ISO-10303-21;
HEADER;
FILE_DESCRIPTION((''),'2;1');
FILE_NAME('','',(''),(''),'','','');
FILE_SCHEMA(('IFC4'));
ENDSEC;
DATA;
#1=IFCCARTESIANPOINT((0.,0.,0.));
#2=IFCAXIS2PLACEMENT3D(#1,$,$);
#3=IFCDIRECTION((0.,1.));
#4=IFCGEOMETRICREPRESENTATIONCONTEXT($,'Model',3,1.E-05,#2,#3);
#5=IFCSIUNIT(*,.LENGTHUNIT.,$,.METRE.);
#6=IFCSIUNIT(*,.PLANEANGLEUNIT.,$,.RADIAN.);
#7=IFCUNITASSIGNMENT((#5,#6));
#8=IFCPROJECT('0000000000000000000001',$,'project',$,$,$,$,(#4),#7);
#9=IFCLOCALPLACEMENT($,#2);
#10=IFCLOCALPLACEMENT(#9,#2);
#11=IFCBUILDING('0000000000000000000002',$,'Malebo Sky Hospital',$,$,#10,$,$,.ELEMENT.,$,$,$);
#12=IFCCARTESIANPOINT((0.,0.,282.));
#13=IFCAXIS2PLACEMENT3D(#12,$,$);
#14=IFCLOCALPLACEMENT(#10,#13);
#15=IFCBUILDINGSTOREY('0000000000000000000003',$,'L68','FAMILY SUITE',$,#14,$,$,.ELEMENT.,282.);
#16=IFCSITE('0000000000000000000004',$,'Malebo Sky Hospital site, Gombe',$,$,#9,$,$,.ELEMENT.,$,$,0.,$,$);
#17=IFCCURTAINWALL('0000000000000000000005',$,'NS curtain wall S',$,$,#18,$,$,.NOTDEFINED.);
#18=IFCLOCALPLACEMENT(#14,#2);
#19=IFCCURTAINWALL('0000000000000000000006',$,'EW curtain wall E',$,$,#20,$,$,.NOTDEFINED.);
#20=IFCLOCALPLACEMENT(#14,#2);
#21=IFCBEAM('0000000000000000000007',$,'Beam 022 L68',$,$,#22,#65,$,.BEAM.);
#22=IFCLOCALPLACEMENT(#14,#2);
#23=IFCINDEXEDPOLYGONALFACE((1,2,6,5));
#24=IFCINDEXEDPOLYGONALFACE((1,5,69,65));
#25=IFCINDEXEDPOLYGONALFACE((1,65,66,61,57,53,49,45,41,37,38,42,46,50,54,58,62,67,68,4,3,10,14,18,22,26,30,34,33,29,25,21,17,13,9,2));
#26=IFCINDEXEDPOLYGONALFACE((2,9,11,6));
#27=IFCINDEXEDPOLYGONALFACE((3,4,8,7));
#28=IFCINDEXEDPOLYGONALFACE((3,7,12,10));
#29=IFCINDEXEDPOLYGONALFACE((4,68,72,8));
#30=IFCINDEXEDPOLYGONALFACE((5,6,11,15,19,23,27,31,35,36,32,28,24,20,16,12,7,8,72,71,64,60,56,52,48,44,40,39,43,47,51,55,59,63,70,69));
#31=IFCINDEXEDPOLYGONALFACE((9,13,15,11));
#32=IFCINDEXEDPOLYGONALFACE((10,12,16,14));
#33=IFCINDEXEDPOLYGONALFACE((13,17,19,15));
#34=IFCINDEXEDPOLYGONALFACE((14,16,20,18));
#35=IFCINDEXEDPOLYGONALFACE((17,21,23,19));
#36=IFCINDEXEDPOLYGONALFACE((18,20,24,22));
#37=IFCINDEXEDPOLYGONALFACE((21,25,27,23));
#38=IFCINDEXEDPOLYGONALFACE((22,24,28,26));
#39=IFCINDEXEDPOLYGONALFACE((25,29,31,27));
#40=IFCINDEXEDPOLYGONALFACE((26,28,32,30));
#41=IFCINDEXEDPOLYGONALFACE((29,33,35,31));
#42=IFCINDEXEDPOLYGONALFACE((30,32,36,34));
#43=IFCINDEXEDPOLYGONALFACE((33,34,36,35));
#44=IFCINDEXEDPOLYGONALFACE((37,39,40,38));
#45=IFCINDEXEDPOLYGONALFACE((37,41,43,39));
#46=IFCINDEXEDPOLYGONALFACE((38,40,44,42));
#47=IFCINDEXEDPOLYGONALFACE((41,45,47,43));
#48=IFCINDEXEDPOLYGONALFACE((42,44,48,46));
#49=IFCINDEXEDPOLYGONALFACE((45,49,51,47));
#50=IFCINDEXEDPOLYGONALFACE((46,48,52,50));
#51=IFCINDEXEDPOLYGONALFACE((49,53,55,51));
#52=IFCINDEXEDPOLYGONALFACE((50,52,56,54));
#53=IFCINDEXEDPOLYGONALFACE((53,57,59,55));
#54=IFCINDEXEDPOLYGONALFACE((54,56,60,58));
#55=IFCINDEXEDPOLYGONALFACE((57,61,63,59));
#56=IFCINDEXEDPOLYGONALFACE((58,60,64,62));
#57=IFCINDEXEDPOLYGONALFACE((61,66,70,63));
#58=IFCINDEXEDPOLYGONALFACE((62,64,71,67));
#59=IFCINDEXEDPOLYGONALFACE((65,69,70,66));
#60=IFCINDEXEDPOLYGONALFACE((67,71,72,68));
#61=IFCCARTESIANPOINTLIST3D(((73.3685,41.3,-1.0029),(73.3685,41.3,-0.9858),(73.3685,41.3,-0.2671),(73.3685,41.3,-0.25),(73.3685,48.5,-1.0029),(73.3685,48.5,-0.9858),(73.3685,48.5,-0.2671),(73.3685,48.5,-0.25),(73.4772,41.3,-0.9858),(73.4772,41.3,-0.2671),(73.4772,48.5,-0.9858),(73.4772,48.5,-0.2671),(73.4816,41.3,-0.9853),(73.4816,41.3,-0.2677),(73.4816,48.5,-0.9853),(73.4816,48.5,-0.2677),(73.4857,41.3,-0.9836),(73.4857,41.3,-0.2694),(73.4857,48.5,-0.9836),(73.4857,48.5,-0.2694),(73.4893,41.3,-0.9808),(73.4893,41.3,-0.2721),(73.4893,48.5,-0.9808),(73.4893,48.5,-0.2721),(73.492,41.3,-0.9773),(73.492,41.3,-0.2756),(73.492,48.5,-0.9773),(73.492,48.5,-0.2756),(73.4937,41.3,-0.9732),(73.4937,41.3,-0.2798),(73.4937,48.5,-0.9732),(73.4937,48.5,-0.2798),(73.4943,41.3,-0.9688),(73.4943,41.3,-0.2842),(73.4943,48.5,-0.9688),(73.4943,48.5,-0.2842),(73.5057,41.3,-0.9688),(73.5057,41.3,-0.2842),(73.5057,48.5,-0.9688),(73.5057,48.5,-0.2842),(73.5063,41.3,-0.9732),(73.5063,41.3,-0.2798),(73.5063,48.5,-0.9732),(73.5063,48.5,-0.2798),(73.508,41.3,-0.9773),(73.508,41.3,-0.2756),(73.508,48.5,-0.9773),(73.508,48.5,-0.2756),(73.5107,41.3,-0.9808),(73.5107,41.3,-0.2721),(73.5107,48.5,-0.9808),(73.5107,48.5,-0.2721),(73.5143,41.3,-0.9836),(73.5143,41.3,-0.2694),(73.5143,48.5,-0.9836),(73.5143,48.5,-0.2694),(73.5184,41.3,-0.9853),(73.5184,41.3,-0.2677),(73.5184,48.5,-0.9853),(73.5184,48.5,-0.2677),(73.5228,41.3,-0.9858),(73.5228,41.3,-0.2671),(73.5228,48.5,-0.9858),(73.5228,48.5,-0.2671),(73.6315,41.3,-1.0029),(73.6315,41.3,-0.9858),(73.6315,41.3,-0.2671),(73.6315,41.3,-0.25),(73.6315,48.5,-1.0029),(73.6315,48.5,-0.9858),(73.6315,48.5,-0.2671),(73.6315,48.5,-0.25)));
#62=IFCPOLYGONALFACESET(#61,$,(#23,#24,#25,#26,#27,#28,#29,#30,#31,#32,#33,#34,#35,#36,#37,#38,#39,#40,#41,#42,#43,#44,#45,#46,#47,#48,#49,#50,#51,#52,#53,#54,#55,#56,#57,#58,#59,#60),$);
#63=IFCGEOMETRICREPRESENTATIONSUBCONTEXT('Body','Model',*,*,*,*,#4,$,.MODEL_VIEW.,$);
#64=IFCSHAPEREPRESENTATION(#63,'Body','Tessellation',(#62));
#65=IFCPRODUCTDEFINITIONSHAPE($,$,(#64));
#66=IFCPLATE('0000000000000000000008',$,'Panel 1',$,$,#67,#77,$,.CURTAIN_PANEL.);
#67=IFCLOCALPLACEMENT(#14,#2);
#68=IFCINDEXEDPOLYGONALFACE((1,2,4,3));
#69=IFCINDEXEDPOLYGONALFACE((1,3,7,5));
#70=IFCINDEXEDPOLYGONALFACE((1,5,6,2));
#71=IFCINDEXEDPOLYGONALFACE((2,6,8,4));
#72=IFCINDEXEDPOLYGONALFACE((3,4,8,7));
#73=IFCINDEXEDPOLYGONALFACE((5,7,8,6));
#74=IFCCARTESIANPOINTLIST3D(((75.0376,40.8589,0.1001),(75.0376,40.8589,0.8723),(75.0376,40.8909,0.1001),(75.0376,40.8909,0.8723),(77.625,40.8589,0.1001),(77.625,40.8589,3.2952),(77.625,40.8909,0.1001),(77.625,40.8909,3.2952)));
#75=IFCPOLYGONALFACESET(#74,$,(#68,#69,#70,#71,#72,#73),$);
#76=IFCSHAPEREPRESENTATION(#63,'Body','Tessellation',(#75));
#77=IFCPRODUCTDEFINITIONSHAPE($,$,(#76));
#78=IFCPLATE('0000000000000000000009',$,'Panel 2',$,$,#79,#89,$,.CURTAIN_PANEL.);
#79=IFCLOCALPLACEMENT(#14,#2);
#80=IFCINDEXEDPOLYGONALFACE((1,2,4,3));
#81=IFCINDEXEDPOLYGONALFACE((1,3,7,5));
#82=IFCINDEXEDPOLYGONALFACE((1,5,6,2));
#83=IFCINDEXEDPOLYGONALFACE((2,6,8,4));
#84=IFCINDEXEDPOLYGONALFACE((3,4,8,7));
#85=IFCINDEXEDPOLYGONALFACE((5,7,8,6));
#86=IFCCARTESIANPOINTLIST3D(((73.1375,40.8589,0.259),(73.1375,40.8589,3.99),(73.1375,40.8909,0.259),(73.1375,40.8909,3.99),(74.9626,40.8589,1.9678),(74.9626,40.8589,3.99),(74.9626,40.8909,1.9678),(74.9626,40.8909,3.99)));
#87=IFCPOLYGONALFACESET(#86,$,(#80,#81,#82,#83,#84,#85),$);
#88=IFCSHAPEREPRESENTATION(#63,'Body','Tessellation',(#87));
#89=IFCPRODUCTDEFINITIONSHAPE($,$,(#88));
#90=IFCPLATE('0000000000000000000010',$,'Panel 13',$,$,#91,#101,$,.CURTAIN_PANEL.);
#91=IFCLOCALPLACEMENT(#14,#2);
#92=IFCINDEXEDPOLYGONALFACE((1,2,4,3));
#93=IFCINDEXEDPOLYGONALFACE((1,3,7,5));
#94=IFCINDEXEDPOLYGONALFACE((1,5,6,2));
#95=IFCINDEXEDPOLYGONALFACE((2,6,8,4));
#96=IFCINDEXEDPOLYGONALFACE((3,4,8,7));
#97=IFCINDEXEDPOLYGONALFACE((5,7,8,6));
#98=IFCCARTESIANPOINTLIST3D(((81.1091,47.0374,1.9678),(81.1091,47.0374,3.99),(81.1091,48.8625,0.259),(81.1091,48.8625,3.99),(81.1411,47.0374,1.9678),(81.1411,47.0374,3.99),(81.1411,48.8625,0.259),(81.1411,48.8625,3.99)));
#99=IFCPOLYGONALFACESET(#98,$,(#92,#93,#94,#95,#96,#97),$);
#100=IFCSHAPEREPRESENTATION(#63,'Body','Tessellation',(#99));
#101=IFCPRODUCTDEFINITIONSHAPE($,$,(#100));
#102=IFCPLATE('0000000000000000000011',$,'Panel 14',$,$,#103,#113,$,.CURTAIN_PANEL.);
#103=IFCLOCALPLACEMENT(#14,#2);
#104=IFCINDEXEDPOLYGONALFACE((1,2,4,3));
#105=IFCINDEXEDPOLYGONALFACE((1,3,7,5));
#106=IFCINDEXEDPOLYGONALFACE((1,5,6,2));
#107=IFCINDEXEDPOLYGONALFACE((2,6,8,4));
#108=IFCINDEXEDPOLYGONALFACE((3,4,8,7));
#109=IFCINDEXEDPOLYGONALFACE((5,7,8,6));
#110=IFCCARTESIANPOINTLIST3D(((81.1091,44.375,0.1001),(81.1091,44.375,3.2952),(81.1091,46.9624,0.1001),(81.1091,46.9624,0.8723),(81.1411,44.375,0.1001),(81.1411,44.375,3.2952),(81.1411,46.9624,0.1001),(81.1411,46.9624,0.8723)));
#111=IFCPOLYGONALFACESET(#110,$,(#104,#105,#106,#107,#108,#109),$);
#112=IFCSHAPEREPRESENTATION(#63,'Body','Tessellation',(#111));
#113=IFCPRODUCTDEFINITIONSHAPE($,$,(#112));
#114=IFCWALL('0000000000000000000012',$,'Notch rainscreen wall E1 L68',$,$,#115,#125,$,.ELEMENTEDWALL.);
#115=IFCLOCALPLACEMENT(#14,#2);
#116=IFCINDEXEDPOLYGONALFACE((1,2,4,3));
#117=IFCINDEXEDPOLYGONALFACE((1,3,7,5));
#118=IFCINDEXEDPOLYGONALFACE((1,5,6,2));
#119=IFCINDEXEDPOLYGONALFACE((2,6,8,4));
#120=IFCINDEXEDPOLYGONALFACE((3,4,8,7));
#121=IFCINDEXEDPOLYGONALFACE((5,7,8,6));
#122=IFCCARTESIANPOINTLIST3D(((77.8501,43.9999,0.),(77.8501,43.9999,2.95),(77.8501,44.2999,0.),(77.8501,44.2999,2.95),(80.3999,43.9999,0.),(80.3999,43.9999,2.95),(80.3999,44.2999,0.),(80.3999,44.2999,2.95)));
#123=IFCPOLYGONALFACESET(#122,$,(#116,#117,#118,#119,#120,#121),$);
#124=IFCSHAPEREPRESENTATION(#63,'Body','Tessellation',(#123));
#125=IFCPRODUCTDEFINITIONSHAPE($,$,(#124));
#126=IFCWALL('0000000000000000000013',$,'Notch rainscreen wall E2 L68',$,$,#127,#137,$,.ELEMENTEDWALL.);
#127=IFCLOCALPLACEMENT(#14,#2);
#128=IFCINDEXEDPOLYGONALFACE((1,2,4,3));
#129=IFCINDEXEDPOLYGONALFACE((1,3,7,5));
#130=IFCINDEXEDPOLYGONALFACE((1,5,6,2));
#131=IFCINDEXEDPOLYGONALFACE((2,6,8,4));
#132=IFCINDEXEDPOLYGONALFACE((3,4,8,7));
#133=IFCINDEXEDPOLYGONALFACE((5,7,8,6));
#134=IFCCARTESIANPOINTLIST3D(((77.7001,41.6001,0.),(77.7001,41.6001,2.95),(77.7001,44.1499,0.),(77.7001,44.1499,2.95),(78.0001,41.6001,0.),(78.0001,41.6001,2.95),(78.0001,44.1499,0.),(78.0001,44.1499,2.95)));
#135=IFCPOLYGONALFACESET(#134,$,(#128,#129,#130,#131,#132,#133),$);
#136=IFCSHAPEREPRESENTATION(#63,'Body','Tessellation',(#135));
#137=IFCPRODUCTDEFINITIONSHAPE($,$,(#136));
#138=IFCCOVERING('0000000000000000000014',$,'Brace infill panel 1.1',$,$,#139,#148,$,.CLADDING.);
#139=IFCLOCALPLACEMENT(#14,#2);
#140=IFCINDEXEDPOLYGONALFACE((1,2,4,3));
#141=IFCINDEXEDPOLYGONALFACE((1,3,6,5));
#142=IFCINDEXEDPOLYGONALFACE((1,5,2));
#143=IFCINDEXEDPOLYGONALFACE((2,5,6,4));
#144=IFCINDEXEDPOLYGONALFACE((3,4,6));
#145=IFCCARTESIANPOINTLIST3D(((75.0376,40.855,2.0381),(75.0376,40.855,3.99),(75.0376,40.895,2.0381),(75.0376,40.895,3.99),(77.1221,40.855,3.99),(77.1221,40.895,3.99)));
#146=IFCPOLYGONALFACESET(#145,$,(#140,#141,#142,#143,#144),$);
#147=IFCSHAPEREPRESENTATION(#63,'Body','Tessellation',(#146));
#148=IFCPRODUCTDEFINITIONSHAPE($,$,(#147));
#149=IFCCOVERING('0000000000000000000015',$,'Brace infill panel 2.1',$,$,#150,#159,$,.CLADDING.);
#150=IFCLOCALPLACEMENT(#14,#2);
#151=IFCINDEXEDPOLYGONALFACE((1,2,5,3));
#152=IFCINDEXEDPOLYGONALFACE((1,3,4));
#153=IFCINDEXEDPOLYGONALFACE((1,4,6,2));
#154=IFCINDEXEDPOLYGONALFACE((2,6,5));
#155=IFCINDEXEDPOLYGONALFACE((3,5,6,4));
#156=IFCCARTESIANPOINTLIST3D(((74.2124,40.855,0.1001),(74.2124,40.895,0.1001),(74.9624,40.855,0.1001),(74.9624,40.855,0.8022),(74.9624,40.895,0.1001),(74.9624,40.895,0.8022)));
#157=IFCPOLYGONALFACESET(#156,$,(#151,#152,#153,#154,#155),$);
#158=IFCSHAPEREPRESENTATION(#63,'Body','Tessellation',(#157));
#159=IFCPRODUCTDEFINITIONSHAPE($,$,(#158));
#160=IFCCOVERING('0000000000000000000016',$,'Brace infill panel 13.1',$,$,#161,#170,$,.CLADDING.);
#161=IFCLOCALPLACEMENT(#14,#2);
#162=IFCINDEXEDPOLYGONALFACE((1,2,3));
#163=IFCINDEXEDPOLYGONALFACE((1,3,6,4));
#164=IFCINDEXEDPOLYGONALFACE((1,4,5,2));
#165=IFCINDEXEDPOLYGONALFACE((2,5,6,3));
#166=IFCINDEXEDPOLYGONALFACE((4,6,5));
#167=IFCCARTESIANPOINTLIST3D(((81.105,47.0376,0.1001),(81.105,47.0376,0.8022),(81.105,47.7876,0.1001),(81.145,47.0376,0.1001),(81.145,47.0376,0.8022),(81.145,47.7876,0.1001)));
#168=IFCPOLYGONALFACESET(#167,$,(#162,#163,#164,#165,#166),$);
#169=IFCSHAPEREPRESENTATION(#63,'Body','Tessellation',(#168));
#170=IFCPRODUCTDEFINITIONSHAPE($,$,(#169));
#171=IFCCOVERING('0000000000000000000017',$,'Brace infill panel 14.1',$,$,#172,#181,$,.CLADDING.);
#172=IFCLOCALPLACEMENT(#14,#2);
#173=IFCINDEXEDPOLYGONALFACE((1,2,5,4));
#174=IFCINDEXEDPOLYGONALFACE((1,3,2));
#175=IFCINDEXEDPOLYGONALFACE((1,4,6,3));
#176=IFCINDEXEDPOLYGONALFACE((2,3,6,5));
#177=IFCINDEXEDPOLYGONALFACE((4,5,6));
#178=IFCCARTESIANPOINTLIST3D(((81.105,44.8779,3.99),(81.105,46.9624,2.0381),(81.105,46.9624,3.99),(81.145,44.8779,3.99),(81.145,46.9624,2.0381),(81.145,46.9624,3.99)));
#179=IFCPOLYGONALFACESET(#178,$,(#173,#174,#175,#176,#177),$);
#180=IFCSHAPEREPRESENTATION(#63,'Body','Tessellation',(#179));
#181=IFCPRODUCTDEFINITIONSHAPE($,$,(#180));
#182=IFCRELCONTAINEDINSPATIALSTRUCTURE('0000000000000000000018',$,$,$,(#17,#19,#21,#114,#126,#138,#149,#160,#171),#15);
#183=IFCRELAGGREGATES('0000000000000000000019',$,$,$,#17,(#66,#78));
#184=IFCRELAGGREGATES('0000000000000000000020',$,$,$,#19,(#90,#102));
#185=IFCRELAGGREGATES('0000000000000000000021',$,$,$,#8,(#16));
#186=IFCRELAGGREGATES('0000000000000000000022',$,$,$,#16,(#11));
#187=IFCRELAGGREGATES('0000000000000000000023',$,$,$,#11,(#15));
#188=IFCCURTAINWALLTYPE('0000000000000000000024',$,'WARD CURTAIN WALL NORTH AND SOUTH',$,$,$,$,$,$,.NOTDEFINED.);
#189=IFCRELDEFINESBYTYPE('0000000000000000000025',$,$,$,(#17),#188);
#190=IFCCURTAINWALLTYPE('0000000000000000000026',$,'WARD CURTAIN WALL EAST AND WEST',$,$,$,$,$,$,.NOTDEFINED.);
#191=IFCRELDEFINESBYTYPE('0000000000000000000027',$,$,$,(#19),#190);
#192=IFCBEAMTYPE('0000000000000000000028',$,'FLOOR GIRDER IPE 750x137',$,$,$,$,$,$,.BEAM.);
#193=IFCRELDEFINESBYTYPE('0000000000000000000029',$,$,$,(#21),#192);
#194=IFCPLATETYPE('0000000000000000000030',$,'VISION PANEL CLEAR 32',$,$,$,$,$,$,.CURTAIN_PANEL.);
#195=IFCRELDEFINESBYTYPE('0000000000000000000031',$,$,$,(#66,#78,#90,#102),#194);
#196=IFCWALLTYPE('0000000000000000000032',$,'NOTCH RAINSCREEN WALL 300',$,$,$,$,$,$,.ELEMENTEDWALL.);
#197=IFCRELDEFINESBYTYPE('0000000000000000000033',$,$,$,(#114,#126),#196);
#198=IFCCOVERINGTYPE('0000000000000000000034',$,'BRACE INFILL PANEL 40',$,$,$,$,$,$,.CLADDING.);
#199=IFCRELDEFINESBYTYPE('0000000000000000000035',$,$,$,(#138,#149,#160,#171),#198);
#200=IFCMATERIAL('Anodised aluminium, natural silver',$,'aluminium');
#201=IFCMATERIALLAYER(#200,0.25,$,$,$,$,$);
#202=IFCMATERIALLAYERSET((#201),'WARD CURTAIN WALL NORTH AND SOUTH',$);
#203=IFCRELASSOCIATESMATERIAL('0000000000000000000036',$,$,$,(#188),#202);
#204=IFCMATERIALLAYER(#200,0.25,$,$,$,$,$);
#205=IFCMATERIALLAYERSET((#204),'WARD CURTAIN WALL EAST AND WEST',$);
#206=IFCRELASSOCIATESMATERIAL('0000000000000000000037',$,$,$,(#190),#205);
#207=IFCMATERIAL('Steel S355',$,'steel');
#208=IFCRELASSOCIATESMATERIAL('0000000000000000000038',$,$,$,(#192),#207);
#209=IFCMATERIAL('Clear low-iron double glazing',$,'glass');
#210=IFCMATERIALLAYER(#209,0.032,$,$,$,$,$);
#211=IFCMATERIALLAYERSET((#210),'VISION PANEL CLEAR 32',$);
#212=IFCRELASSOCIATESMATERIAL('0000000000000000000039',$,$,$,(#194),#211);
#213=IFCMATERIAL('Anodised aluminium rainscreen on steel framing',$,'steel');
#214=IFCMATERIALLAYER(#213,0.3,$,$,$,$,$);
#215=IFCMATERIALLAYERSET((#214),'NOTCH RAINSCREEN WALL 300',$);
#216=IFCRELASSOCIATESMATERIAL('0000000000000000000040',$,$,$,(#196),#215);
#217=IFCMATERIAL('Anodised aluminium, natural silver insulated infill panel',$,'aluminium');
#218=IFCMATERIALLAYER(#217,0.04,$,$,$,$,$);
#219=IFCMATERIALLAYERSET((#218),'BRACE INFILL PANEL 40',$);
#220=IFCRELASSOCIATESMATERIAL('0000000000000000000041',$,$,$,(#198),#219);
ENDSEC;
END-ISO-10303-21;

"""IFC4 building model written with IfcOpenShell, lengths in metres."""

from ifc_helpers import new_model, si_unit, direction, frame, frame_2d, origin, origin_2d, place, context, subcontext, project, spatial, polyline, rectangle, i_section, outline, extrude, material, layer, layer_set, material_profile, profile_set, type_object, element, aggregate, save


model = new_model("IFC4")

# Units and contexts
model_context = context("Model", 3, precision=1e-05, world=origin(), true_north=direction((0.0, 1.0)))
body_context = subcontext(model_context, "Body", "Model", "MODEL_VIEW")
ifc_project = project(units=[si_unit("LENGTHUNIT", "METRE"), si_unit("PLANEANGLEUNIT", "RADIAN")], contexts=[model_context])

# Site, building, storey
site_placement = place(None, origin())
site = spatial("IfcSite", under=ifc_project, at=site_placement, Name="Malebo Sky Hospital site, Gombe", CompositionType="ELEMENT", RefElevation=0.0)
building_placement = place(site_placement, origin())
building = spatial("IfcBuilding", under=site, at=building_placement, Name="Malebo Sky Hospital", CompositionType="ELEMENT")
storey_placement = place(building_placement, frame((0.0, 0.0, 282.0)))
storey = spatial("IfcBuildingStorey", under=building, at=storey_placement, Name="L68", Description="FAMILY SUITE", CompositionType="ELEMENT", Elevation=282.0)

# Curtain wall
ifc_material_1 = material(Name="Anodised aluminium, natural silver", Category="aluminium")
ifc_layer_1 = layer(ifc_material_1, 0.25)
ifc_layer_set_1 = layer_set([ifc_layer_1], Name="WARD CURTAIN WALL NORTH AND SOUTH")
curtain_wall_type_1 = type_object("IfcCurtainWallType", Name="WARD CURTAIN WALL NORTH AND SOUTH", PredefinedType="NOTDEFINED", material=ifc_layer_set_1)
curtain_wall_1_placement = place(storey_placement, origin())
curtain_wall_1 = element("IfcCurtainWall", 1, at=curtain_wall_1_placement, inside=storey, type_object=curtain_wall_type_1, Name="NS curtain wall S", PredefinedType="NOTDEFINED")

# Curtain wall
ifc_layer_2 = layer(ifc_material_1, 0.25)
ifc_layer_set_2 = layer_set([ifc_layer_2], Name="WARD CURTAIN WALL EAST AND WEST")
curtain_wall_type_2 = type_object("IfcCurtainWallType", Name="WARD CURTAIN WALL EAST AND WEST", PredefinedType="NOTDEFINED", material=ifc_layer_set_2)
curtain_wall_2_placement = place(storey_placement, origin())
curtain_wall_2 = element("IfcCurtainWall", 2, at=curtain_wall_2_placement, inside=storey, type_object=curtain_wall_type_2, Name="EW curtain wall E", PredefinedType="NOTDEFINED")

# Beam
ifc_material_2 = material(Name="Steel S355", Category="steel")
ifc_material_profile_1 = material_profile(ifc_material_2, i_section(OverallWidth=0.2629, OverallDepth=0.7529, WebThickness=0.0115, FlangeThickness=0.0171, FilletRadius=0.0171, at=origin_2d()), Name="IPE 750x137")
ifc_profile_set_1 = profile_set([ifc_material_profile_1], Name="Steel S355")
beam_type_1 = type_object("IfcBeamType", Name="FLOOR GIRDER IPE 750x137", PredefinedType="BEAM", material=ifc_profile_set_1)
beam_1_placement = place(storey_placement, frame((73.5, 41.3, -0.6265), z_axis=(0.0, 1.0, 0.0), x_axis=(-1.0, 0.0, 0.0)))
element("IfcBeam", 3, at=beam_1_placement, inside=storey, type_object=beam_type_1, Name="Beam 022 L68", PredefinedType="BEAM", context=body_context, shape_type="SweptSolid", body=[
    extrude(i_section(OverallWidth=0.2629, OverallDepth=0.7529, WebThickness=0.0115, FlangeThickness=0.0171, FilletRadius=0.0171, at=origin_2d()), origin(), (0.0, 0.0, 1.0), 7.2),
])

# Plates
ifc_material_3 = material(Name="Clear low-iron double glazing", Category="glass")
ifc_layer_3 = layer(ifc_material_3, 0.032)
ifc_layer_set_3 = layer_set([ifc_layer_3], Name="VISION PANEL CLEAR 32")
plate_type = type_object("IfcPlateType", Name="VISION PANEL CLEAR 32", PredefinedType="CURTAIN_PANEL", material=ifc_layer_set_3)
plate_1_placement = place(storey_placement, frame((76.3313, 40.875, 0.1001), z_axis=(0.0, 0.0, 1.0), x_axis=(-1.0, 0.0, 0.0)))
plate_1 = element("IfcPlate", 4, at=plate_1_placement, type_object=plate_type, Name="Panel 1", PredefinedType="CURTAIN_PANEL", context=body_context, shape_type="SweptSolid", body=[
    extrude(outline(polyline([(-1.2937, 0.0), (1.2937, 0.0), (1.2937, 0.7722), (-1.2937, 3.1951), (-1.2937, 0.0)])), frame((0.0, 0.0161, 0.0), z_axis=(0.0, -1.0, 0.0), x_axis=(1.0, 0.0, 0.0)), (0.0, 0.0, 1.0), 0.032),
])
plate_2_placement = place(storey_placement, frame((74.05, 40.875, 0.259), z_axis=(0.0, 0.0, 1.0), x_axis=(-1.0, 0.0, 0.0)))
plate_2 = element("IfcPlate", 5, at=plate_2_placement, type_object=plate_type, Name="Panel 2", PredefinedType="CURTAIN_PANEL", context=body_context, shape_type="SweptSolid", body=[
    extrude(outline(polyline([(0.9126, 0.0), (0.9126, 3.731), (-0.9126, 3.731), (-0.9126, 1.7087), (0.9126, 0.0)])), frame((0.0, 0.0161, 0.0), z_axis=(0.0, -1.0, 0.0), x_axis=(1.0, 0.0, 0.0)), (0.0, 0.0, 1.0), 0.032),
])
aggregate(curtain_wall_1, [plate_1, plate_2])
plate_3_placement = place(storey_placement, frame((81.125, 47.95, 0.259), z_axis=(0.0, 0.0, 1.0), x_axis=(0.0, -1.0, 0.0)))
plate_3 = element("IfcPlate", 6, at=plate_3_placement, type_object=plate_type, Name="Panel 13", PredefinedType="CURTAIN_PANEL", context=body_context, shape_type="SweptSolid", body=[
    extrude(outline(polyline([(-0.9126, 0.0), (0.9126, 1.7087), (0.9126, 3.731), (-0.9126, 3.731), (-0.9126, 0.0)])), frame((0.0, 0.0161, 0.0), z_axis=(0.0, -1.0, 0.0), x_axis=(1.0, 0.0, 0.0)), (0.0, 0.0, 1.0), 0.032),
])
plate_4_placement = place(storey_placement, frame((81.125, 45.6687, 0.1001), z_axis=(0.0, 0.0, 1.0), x_axis=(0.0, -1.0, 0.0)))
plate_4 = element("IfcPlate", 7, at=plate_4_placement, type_object=plate_type, Name="Panel 14", PredefinedType="CURTAIN_PANEL", context=body_context, shape_type="SweptSolid", body=[
    extrude(outline(polyline([(-1.2937, 0.0), (1.2937, 0.0), (1.2937, 3.1951), (-1.2937, 0.7722), (-1.2937, 0.0)])), frame((0.0, 0.0161, 0.0), z_axis=(0.0, -1.0, 0.0), x_axis=(1.0, 0.0, 0.0)), (0.0, 0.0, 1.0), 0.032),
])
aggregate(curtain_wall_2, [plate_3, plate_4])

# Walls
ifc_material_4 = material(Name="Anodised aluminium rainscreen on steel framing", Category="steel")
ifc_layer_4 = layer(ifc_material_4, 0.3)
ifc_layer_set_4 = layer_set([ifc_layer_4], Name="NOTCH RAINSCREEN WALL 300")
wall_type = type_object("IfcWallType", Name="NOTCH RAINSCREEN WALL 300", PredefinedType="ELEMENTEDWALL", material=ifc_layer_set_4)
for number, where, z_axis, x_axis, name in (
    (8, (80.3999, 44.1499, 0.0), (0.0, 0.0, 1.0), (-1.0, 0.0, 0.0), "Notch rainscreen wall E1 L68"),
    (9, (77.8501, 44.1499, 0.0), (0.0, 0.0, 1.0), (0.0, -1.0, 0.0), "Notch rainscreen wall E2 L68"),
):
    element("IfcWall", number, at=place(storey_placement, frame(where, z_axis=z_axis, x_axis=x_axis)), inside=storey, type_object=wall_type, Name=name, PredefinedType="ELEMENTEDWALL", context=body_context, shape_type="SweptSolid", body=[
        extrude(rectangle(XDim=2.5498, YDim=0.3, at=frame_2d((1.2749, 0.0))), origin(), (0.0, 0.0, 1.0), 2.95),
    ])

# Coverings
ifc_material_5 = material(Name="Anodised aluminium, natural silver insulated infill panel", Category="aluminium")
ifc_layer_5 = layer(ifc_material_5, 0.04)
ifc_layer_set_5 = layer_set([ifc_layer_5], Name="BRACE INFILL PANEL 40")
covering_type = type_object("IfcCoveringType", Name="BRACE INFILL PANEL 40", PredefinedType="CLADDING", material=ifc_layer_set_5)
covering_1_placement = place(storey_placement, frame((76.0798, 40.875, 2.0381), z_axis=(0.0, 0.0, 1.0), x_axis=(-1.0, 0.0, 0.0)))
element("IfcCovering", 10, at=covering_1_placement, inside=storey, type_object=covering_type, Name="Brace infill panel 1.1", PredefinedType="CLADDING", context=body_context, shape_type="SweptSolid", body=[
    extrude(outline(polyline([(1.0422, 0.0), (1.0422, 1.9519), (-1.0422, 1.9519), (1.0422, 0.0)])), frame((0.0, 0.02, 0.0), z_axis=(0.0, -1.0, 0.0), x_axis=(1.0, 0.0, 0.0)), (0.0, 0.0, 1.0), 0.04),
])
covering_2_placement = place(storey_placement, frame((74.5874, 40.875, 0.1001), z_axis=(0.0, 0.0, 1.0), x_axis=(-1.0, 0.0, 0.0)))
element("IfcCovering", 11, at=covering_2_placement, inside=storey, type_object=covering_type, Name="Brace infill panel 2.1", PredefinedType="CLADDING", context=body_context, shape_type="SweptSolid", body=[
    extrude(outline(polyline([(-0.375, 0.0), (0.375, 0.0), (-0.375, 0.7021), (-0.375, 0.0)])), frame((0.0, 0.02, 0.0), z_axis=(0.0, -1.0, 0.0), x_axis=(1.0, 0.0, 0.0)), (0.0, 0.0, 1.0), 0.04),
])
covering_3_placement = place(storey_placement, frame((81.125, 47.4126, 0.1001), z_axis=(0.0, 0.0, 1.0), x_axis=(0.0, -1.0, 0.0)))
element("IfcCovering", 12, at=covering_3_placement, inside=storey, type_object=covering_type, Name="Brace infill panel 13.1", PredefinedType="CLADDING", context=body_context, shape_type="SweptSolid", body=[
    extrude(outline(polyline([(-0.375, 0.0), (0.375, 0.0), (0.375, 0.7021), (-0.375, 0.0)])), frame((0.0, 0.02, 0.0), z_axis=(0.0, -1.0, 0.0), x_axis=(1.0, 0.0, 0.0)), (0.0, 0.0, 1.0), 0.04),
])
covering_4_placement = place(storey_placement, frame((81.125, 45.9202, 2.0381), z_axis=(0.0, 0.0, 1.0), x_axis=(0.0, -1.0, 0.0)))
element("IfcCovering", 13, at=covering_4_placement, inside=storey, type_object=covering_type, Name="Brace infill panel 14.1", PredefinedType="CLADDING", context=body_context, shape_type="SweptSolid", body=[
    extrude(outline(polyline([(-1.0422, 0.0), (1.0422, 1.9519), (-1.0422, 1.9519), (-1.0422, 0.0)])), frame((0.0, 0.02, 0.0), z_axis=(0.0, -1.0, 0.0), x_axis=(1.0, 0.0, 0.0)), (0.0, 0.0, 1.0), 0.04),
])

save(model, "model.ifc")
